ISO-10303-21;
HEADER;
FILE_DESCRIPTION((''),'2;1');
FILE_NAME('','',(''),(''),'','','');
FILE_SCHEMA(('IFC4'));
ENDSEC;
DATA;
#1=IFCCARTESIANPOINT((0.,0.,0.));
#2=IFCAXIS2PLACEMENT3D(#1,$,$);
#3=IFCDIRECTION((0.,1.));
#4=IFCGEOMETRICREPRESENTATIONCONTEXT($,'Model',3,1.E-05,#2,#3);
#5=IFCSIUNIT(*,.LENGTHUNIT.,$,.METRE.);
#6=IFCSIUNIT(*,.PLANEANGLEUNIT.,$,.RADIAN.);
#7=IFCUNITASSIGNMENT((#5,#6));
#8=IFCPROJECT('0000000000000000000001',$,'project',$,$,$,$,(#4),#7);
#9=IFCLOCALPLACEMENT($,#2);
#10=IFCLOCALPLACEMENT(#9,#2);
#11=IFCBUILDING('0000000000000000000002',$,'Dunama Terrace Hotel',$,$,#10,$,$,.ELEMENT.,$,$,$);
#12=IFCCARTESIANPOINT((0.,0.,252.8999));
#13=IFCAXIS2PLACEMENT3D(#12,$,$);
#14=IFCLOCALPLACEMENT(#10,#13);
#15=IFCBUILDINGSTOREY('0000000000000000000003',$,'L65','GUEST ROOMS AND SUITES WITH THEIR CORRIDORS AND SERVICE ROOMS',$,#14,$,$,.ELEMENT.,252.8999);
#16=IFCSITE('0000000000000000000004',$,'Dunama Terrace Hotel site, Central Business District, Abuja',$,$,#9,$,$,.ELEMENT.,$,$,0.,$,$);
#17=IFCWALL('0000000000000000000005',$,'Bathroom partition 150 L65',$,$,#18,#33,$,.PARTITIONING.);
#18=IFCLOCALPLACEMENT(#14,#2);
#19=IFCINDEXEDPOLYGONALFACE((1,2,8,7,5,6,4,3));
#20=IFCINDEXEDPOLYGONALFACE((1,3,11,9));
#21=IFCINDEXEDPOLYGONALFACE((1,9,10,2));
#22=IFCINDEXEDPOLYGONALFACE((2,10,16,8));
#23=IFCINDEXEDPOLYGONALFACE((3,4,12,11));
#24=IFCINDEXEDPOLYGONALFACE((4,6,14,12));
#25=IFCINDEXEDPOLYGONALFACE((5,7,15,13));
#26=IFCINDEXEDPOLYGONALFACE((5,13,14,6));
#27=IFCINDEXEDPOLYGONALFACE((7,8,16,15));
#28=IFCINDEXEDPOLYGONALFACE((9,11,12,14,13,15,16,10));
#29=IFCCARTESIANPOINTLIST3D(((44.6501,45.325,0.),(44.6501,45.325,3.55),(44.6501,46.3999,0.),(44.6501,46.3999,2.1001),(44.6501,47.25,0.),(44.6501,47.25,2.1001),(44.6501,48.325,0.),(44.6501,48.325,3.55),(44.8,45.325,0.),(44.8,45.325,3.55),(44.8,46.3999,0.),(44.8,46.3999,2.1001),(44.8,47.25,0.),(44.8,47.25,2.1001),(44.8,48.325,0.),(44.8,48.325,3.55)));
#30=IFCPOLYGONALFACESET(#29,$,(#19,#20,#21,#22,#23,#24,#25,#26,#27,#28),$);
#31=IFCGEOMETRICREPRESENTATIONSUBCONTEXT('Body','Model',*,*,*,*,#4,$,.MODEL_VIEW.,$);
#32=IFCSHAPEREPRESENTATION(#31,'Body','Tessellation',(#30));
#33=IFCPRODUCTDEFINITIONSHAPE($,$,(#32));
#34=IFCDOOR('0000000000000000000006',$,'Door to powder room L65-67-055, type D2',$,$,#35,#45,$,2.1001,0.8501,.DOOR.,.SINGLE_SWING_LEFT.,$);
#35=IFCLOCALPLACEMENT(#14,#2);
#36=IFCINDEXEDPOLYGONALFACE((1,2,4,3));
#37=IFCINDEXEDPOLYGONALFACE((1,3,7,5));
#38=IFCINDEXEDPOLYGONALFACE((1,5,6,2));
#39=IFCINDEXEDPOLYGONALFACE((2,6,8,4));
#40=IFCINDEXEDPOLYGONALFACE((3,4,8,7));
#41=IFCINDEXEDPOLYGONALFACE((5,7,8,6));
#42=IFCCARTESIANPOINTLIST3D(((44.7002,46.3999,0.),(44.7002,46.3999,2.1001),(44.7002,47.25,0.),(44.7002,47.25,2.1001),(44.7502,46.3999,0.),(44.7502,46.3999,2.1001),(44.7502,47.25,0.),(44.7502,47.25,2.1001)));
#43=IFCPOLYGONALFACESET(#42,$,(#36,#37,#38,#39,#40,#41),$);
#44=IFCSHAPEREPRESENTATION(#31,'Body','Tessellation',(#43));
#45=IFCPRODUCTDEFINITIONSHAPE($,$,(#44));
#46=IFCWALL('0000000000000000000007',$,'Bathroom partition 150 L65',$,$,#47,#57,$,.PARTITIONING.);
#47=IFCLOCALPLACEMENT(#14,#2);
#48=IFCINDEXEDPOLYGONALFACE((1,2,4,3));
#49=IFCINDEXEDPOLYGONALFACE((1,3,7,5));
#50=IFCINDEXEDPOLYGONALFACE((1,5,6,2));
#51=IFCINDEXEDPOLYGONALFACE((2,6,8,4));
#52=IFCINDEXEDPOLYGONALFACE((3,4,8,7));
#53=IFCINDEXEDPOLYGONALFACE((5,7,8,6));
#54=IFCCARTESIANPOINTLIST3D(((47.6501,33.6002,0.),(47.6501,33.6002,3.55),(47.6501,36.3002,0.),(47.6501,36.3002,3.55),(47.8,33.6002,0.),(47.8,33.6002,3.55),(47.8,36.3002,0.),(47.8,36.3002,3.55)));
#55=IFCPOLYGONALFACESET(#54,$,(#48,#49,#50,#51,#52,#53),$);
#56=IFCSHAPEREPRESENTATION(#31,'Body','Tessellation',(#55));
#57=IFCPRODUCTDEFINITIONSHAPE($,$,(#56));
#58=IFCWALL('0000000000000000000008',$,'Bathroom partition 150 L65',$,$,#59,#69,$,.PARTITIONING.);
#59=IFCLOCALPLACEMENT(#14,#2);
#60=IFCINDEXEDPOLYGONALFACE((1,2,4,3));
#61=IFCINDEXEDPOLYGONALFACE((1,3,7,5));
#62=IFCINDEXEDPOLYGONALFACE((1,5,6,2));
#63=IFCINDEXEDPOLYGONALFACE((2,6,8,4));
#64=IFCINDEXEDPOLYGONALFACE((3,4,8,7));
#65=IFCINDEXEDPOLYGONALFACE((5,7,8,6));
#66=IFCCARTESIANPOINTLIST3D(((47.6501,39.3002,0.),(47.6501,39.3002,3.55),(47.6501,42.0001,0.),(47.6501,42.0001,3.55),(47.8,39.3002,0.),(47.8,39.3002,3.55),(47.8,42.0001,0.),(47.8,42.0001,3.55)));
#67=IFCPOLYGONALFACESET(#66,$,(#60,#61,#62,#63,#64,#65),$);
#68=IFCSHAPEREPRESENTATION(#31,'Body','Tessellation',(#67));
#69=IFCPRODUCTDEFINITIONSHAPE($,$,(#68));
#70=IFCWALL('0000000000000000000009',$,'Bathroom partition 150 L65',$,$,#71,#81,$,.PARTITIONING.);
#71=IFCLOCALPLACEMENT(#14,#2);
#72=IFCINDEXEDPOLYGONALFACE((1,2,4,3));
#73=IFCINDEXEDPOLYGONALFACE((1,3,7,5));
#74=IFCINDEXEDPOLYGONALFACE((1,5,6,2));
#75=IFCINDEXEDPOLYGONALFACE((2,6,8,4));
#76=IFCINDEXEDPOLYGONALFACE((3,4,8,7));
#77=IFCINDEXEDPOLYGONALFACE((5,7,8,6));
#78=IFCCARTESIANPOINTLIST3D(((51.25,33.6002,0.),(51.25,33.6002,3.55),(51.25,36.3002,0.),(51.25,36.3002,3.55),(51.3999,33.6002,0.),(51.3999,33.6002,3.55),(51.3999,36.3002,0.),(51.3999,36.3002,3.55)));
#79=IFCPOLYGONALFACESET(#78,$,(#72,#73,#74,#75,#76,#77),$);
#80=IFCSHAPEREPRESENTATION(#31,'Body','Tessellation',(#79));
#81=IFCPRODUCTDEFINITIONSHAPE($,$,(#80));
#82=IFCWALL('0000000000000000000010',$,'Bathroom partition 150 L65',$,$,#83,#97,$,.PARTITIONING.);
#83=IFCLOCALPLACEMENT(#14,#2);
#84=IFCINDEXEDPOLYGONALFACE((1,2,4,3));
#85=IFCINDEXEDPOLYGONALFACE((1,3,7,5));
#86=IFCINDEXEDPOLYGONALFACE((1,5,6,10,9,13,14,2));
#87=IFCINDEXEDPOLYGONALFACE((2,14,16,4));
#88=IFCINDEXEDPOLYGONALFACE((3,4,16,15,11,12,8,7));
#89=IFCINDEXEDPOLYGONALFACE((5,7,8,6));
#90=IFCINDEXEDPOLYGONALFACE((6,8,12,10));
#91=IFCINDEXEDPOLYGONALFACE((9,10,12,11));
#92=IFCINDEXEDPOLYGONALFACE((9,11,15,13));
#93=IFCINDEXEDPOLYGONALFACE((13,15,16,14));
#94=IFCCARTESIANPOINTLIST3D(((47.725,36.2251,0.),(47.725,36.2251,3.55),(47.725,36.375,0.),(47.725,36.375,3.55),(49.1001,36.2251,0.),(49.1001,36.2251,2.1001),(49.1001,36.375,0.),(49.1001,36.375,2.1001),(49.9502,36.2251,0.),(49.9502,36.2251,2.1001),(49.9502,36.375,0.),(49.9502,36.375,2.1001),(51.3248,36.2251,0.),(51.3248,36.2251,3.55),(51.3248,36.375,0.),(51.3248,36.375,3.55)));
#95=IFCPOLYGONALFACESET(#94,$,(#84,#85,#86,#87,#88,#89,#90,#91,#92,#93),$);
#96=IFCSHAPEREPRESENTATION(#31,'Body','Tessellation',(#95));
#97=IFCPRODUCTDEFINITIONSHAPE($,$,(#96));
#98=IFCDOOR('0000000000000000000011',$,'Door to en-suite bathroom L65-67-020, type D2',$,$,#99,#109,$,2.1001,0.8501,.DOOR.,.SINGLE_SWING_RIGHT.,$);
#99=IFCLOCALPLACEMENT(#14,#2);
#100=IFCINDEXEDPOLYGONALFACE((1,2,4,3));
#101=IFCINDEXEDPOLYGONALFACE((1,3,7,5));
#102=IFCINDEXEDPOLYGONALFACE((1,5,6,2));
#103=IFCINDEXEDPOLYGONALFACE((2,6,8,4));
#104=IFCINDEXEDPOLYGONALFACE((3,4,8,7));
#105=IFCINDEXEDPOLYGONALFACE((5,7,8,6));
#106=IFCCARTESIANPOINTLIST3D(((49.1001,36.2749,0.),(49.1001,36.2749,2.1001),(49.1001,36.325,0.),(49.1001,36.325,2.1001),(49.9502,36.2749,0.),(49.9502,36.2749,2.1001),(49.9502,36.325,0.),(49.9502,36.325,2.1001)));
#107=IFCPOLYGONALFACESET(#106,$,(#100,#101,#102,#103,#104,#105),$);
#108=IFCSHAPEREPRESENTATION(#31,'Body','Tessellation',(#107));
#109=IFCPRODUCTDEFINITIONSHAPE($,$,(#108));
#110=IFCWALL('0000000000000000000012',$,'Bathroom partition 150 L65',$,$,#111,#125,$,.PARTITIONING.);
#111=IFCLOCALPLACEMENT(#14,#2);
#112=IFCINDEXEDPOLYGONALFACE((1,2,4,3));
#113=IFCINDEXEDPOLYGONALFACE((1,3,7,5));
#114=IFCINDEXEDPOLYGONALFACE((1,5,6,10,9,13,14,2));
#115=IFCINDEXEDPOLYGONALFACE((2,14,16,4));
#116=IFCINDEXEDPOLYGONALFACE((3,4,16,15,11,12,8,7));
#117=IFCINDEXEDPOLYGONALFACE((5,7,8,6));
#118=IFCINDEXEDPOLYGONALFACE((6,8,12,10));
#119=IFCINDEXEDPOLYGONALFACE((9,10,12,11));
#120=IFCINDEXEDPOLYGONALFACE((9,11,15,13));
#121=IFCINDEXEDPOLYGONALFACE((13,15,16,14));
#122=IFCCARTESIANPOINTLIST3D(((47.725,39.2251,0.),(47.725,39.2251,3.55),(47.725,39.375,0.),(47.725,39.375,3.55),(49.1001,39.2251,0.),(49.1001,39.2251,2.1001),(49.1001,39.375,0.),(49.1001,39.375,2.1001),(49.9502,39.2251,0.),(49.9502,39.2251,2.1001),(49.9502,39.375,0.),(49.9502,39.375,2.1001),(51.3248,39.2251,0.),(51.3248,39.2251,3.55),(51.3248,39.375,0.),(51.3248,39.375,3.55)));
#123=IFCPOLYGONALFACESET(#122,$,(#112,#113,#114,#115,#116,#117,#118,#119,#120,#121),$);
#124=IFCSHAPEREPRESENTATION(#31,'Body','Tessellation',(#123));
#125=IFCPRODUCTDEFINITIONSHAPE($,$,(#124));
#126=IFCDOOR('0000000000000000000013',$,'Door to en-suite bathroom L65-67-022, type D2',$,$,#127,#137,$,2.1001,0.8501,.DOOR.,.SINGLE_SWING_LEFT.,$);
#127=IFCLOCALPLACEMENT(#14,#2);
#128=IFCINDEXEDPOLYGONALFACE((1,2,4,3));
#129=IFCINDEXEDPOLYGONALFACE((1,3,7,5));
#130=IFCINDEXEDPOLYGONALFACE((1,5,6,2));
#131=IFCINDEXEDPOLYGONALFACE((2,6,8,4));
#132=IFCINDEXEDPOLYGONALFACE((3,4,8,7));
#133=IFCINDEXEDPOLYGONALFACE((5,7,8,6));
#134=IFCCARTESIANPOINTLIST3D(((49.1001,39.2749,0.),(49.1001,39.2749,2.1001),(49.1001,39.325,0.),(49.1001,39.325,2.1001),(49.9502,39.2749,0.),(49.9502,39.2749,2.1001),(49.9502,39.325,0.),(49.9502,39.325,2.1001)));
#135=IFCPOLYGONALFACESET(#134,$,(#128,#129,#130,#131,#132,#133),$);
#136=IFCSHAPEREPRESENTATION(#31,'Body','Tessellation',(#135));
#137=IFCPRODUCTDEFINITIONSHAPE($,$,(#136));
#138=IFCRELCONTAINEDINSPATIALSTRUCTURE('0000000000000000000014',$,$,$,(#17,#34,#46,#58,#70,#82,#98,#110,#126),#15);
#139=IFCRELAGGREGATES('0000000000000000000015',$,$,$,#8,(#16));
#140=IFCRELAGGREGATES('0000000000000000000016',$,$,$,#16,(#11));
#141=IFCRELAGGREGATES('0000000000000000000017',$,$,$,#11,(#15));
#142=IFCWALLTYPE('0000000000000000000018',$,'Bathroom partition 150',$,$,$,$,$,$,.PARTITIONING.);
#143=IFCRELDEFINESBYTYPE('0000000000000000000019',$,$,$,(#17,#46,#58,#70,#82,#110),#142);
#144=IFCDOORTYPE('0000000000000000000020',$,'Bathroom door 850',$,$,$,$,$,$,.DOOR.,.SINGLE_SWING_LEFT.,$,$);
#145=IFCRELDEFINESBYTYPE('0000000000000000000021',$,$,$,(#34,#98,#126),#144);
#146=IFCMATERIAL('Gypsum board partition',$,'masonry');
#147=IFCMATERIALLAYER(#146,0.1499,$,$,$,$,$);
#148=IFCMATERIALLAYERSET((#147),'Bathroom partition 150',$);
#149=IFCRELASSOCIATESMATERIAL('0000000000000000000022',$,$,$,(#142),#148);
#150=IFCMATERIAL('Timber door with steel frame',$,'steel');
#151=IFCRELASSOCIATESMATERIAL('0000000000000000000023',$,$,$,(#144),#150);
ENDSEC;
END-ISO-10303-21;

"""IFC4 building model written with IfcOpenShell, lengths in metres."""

from ifc_helpers import new_model, si_unit, direction, frame, frame_2d, origin, place, context, subcontext, project, spatial, rectangle, extrude, material, layer, layer_set, type_object, element, fill, save


model = new_model("IFC4")

# Units and contexts
model_context = context("Model", 3, precision=1e-05, world=origin(), true_north=direction((0.0, 1.0)))
body_context = subcontext(model_context, "Body", "Model", "MODEL_VIEW")
ifc_project = project(units=[si_unit("LENGTHUNIT", "METRE"), si_unit("PLANEANGLEUNIT", "RADIAN")], contexts=[model_context])

# Site, building, storey
site_placement = place(None, origin())
site = spatial("IfcSite", under=ifc_project, at=site_placement, Name="Dunama Terrace Hotel site, Central Business District, Abuja", CompositionType="ELEMENT", RefElevation=0.0)
building_placement = place(site_placement, origin())
building = spatial("IfcBuilding", under=site, at=building_placement, Name="Dunama Terrace Hotel", CompositionType="ELEMENT")
storey_placement = place(building_placement, frame((0.0, 0.0, 252.8999)))
storey = spatial("IfcBuildingStorey", under=building, at=storey_placement, Name="L65", Description="GUEST ROOMS AND SUITES WITH THEIR CORRIDORS AND SERVICE ROOMS", CompositionType="ELEMENT", Elevation=252.8999)

# Wall, opening, door
ifc_material_1 = material(Name="Gypsum board partition", Category="masonry")
ifc_layer_1 = layer(ifc_material_1, 0.1499)
ifc_layer_set_1 = layer_set([ifc_layer_1], Name="Bathroom partition 150")
wall_type_1 = type_object("IfcWallType", Name="Bathroom partition 150", PredefinedType="PARTITIONING", material=ifc_layer_set_1)
wall_1_placement = place(storey_placement, frame((44.7251, 45.325, 0.0), z_axis=(0.0, 0.0, 1.0), x_axis=(0.0, 1.0, 0.0)))
wall_1 = element("IfcWall", 1, at=wall_1_placement, inside=storey, type_object=wall_type_1, Name="Bathroom partition 150 L65", PredefinedType="PARTITIONING", context=body_context, shape_type="SweptSolid", body=[
    extrude(rectangle(XDim=3.0, YDim=0.1499, at=frame_2d((1.5, 0.0))), origin(), (0.0, 0.0, 1.0), 3.55),
])
opening_1_placement = place(wall_1_placement, frame((1.075, 0.0, 0.0)))
opening_1 = element("IfcOpeningElement", 2, at=opening_1_placement, cuts=wall_1, PredefinedType="OPENING", context=body_context, shape_type="SweptSolid", body=[
    extrude(rectangle(XDim=0.8501, YDim=2.1001, at=frame_2d((0.425, 1.05))), frame((0.0, 0.085, 0.0), z_axis=(0.0, -1.0, 0.0), x_axis=(1.0, 0.0, 0.0)), (0.0, 0.0, 1.0), 0.1699),
])
ifc_material_2 = material(Name="Timber door with steel frame", Category="steel")
door_type_1 = type_object("IfcDoorType", Name="Bathroom door 850", OperationType="SINGLE_SWING_LEFT", PredefinedType="DOOR", material=ifc_material_2)
door_1_placement = place(opening_1_placement, origin())
door_1 = element("IfcDoor", 3, at=door_1_placement, inside=storey, type_object=door_type_1, Name="Door to powder room L65-67-055, type D2", OperationType="SINGLE_SWING_LEFT", OverallHeight=2.1001, OverallWidth=0.8501, PredefinedType="DOOR", context=body_context, shape_type="SweptSolid", body=[
    extrude(rectangle(XDim=0.8501, YDim=2.1001, at=frame_2d((0.425, 1.05))), frame((0.0, 0.0249, 0.0), z_axis=(0.0, -1.0, 0.0), x_axis=(1.0, 0.0, 0.0)), (0.0, 0.0, 1.0), 0.05),
])
fill(opening_1, door_1)

# Walls
for number, where, z_axis, x_axis, name in (
    (4, (47.7251, 33.6001, 0.0), (0.0, 0.0, 1.0), (0.0, 1.0, 0.0), "Bathroom partition 150 L65"),
    (5, (47.7251, 39.3, 0.0), (0.0, 0.0, 1.0), (0.0, 1.0, 0.0), "Bathroom partition 150 L65"),
    (6, (51.325, 33.6001, 0.0), (0.0, 0.0, 1.0), (0.0, 1.0, 0.0), "Bathroom partition 150 L65"),
):
    element("IfcWall", number, at=place(storey_placement, frame(where, z_axis=z_axis, x_axis=x_axis)), inside=storey, type_object=wall_type_1, Name=name, PredefinedType="PARTITIONING", context=body_context, shape_type="SweptSolid", body=[
        extrude(rectangle(XDim=2.7, YDim=0.1499, at=frame_2d((1.3501, 0.0))), origin(), (0.0, 0.0, 1.0), 3.55),
    ])

# Walls, openings, doors
wall_2_placement = place(storey_placement, frame((47.7251, 36.3, 0.0), z_axis=(0.0, 0.0, 1.0), x_axis=(1.0, 0.0, 0.0)))
wall_2 = element("IfcWall", 7, at=wall_2_placement, inside=storey, type_object=wall_type_1, Name="Bathroom partition 150 L65", PredefinedType="PARTITIONING", context=body_context, shape_type="SweptSolid", body=[
    extrude(rectangle(XDim=3.5999, YDim=0.1499, at=frame_2d((1.7998, 0.0))), origin(), (0.0, 0.0, 1.0), 3.55),
])
opening_2_placement = place(wall_2_placement, frame((1.375, 0.0, 0.0)))
opening_2 = element("IfcOpeningElement", 8, at=opening_2_placement, cuts=wall_2, PredefinedType="OPENING", context=body_context, shape_type="SweptSolid", body=[
    extrude(rectangle(XDim=0.8501, YDim=2.1001, at=frame_2d((0.425, 1.05))), frame((0.0, 0.085, 0.0), z_axis=(0.0, -1.0, 0.0), x_axis=(1.0, 0.0, 0.0)), (0.0, 0.0, 1.0), 0.1699),
])
door_2_placement = place(opening_2_placement, frame((0.8501, 0.0, 0.0), z_axis=(0.0, 0.0, 1.0), x_axis=(-1.0, 0.0, 0.0)))
door_2 = element("IfcDoor", 9, at=door_2_placement, inside=storey, type_object=door_type_1, Name="Door to en-suite bathroom L65-67-020, type D2", OperationType="SINGLE_SWING_RIGHT", OverallHeight=2.1001, OverallWidth=0.8501, PredefinedType="DOOR", context=body_context, shape_type="SweptSolid", body=[
    extrude(rectangle(XDim=0.8501, YDim=2.1001, at=frame_2d((0.425, 1.05))), frame((0.0, 0.0251, 0.0), z_axis=(0.0, -1.0, 0.0), x_axis=(1.0, 0.0, 0.0)), (0.0, 0.0, 1.0), 0.05),
])
fill(opening_2, door_2)
wall_3_placement = place(storey_placement, frame((47.7251, 39.3, 0.0), z_axis=(0.0, 0.0, 1.0), x_axis=(1.0, 0.0, 0.0)))
wall_3 = element("IfcWall", 10, at=wall_3_placement, inside=storey, type_object=wall_type_1, Name="Bathroom partition 150 L65", PredefinedType="PARTITIONING", context=body_context, shape_type="SweptSolid", body=[
    extrude(rectangle(XDim=3.5999, YDim=0.1499, at=frame_2d((1.7998, 0.0))), origin(), (0.0, 0.0, 1.0), 3.55),
])
opening_3_placement = place(wall_3_placement, frame((1.375, 0.0, 0.0)))
opening_3 = element("IfcOpeningElement", 11, at=opening_3_placement, cuts=wall_3, PredefinedType="OPENING", context=body_context, shape_type="SweptSolid", body=[
    extrude(rectangle(XDim=0.8501, YDim=2.1001, at=frame_2d((0.425, 1.05))), frame((0.0, 0.085, 0.0), z_axis=(0.0, -1.0, 0.0), x_axis=(1.0, 0.0, 0.0)), (0.0, 0.0, 1.0), 0.1699),
])
door_3_placement = place(opening_3_placement, origin())
door_3 = element("IfcDoor", 12, at=door_3_placement, inside=storey, type_object=door_type_1, Name="Door to en-suite bathroom L65-67-022, type D2", OperationType="SINGLE_SWING_LEFT", OverallHeight=2.1001, OverallWidth=0.8501, PredefinedType="DOOR", context=body_context, shape_type="SweptSolid", body=[
    extrude(rectangle(XDim=0.8501, YDim=2.1001, at=frame_2d((0.425, 1.05))), frame((0.0, 0.0249, 0.0), z_axis=(0.0, -1.0, 0.0), x_axis=(1.0, 0.0, 0.0)), (0.0, 0.0, 1.0), 0.05),
])
fill(opening_3, door_3)

save(model, "model.ifc")
